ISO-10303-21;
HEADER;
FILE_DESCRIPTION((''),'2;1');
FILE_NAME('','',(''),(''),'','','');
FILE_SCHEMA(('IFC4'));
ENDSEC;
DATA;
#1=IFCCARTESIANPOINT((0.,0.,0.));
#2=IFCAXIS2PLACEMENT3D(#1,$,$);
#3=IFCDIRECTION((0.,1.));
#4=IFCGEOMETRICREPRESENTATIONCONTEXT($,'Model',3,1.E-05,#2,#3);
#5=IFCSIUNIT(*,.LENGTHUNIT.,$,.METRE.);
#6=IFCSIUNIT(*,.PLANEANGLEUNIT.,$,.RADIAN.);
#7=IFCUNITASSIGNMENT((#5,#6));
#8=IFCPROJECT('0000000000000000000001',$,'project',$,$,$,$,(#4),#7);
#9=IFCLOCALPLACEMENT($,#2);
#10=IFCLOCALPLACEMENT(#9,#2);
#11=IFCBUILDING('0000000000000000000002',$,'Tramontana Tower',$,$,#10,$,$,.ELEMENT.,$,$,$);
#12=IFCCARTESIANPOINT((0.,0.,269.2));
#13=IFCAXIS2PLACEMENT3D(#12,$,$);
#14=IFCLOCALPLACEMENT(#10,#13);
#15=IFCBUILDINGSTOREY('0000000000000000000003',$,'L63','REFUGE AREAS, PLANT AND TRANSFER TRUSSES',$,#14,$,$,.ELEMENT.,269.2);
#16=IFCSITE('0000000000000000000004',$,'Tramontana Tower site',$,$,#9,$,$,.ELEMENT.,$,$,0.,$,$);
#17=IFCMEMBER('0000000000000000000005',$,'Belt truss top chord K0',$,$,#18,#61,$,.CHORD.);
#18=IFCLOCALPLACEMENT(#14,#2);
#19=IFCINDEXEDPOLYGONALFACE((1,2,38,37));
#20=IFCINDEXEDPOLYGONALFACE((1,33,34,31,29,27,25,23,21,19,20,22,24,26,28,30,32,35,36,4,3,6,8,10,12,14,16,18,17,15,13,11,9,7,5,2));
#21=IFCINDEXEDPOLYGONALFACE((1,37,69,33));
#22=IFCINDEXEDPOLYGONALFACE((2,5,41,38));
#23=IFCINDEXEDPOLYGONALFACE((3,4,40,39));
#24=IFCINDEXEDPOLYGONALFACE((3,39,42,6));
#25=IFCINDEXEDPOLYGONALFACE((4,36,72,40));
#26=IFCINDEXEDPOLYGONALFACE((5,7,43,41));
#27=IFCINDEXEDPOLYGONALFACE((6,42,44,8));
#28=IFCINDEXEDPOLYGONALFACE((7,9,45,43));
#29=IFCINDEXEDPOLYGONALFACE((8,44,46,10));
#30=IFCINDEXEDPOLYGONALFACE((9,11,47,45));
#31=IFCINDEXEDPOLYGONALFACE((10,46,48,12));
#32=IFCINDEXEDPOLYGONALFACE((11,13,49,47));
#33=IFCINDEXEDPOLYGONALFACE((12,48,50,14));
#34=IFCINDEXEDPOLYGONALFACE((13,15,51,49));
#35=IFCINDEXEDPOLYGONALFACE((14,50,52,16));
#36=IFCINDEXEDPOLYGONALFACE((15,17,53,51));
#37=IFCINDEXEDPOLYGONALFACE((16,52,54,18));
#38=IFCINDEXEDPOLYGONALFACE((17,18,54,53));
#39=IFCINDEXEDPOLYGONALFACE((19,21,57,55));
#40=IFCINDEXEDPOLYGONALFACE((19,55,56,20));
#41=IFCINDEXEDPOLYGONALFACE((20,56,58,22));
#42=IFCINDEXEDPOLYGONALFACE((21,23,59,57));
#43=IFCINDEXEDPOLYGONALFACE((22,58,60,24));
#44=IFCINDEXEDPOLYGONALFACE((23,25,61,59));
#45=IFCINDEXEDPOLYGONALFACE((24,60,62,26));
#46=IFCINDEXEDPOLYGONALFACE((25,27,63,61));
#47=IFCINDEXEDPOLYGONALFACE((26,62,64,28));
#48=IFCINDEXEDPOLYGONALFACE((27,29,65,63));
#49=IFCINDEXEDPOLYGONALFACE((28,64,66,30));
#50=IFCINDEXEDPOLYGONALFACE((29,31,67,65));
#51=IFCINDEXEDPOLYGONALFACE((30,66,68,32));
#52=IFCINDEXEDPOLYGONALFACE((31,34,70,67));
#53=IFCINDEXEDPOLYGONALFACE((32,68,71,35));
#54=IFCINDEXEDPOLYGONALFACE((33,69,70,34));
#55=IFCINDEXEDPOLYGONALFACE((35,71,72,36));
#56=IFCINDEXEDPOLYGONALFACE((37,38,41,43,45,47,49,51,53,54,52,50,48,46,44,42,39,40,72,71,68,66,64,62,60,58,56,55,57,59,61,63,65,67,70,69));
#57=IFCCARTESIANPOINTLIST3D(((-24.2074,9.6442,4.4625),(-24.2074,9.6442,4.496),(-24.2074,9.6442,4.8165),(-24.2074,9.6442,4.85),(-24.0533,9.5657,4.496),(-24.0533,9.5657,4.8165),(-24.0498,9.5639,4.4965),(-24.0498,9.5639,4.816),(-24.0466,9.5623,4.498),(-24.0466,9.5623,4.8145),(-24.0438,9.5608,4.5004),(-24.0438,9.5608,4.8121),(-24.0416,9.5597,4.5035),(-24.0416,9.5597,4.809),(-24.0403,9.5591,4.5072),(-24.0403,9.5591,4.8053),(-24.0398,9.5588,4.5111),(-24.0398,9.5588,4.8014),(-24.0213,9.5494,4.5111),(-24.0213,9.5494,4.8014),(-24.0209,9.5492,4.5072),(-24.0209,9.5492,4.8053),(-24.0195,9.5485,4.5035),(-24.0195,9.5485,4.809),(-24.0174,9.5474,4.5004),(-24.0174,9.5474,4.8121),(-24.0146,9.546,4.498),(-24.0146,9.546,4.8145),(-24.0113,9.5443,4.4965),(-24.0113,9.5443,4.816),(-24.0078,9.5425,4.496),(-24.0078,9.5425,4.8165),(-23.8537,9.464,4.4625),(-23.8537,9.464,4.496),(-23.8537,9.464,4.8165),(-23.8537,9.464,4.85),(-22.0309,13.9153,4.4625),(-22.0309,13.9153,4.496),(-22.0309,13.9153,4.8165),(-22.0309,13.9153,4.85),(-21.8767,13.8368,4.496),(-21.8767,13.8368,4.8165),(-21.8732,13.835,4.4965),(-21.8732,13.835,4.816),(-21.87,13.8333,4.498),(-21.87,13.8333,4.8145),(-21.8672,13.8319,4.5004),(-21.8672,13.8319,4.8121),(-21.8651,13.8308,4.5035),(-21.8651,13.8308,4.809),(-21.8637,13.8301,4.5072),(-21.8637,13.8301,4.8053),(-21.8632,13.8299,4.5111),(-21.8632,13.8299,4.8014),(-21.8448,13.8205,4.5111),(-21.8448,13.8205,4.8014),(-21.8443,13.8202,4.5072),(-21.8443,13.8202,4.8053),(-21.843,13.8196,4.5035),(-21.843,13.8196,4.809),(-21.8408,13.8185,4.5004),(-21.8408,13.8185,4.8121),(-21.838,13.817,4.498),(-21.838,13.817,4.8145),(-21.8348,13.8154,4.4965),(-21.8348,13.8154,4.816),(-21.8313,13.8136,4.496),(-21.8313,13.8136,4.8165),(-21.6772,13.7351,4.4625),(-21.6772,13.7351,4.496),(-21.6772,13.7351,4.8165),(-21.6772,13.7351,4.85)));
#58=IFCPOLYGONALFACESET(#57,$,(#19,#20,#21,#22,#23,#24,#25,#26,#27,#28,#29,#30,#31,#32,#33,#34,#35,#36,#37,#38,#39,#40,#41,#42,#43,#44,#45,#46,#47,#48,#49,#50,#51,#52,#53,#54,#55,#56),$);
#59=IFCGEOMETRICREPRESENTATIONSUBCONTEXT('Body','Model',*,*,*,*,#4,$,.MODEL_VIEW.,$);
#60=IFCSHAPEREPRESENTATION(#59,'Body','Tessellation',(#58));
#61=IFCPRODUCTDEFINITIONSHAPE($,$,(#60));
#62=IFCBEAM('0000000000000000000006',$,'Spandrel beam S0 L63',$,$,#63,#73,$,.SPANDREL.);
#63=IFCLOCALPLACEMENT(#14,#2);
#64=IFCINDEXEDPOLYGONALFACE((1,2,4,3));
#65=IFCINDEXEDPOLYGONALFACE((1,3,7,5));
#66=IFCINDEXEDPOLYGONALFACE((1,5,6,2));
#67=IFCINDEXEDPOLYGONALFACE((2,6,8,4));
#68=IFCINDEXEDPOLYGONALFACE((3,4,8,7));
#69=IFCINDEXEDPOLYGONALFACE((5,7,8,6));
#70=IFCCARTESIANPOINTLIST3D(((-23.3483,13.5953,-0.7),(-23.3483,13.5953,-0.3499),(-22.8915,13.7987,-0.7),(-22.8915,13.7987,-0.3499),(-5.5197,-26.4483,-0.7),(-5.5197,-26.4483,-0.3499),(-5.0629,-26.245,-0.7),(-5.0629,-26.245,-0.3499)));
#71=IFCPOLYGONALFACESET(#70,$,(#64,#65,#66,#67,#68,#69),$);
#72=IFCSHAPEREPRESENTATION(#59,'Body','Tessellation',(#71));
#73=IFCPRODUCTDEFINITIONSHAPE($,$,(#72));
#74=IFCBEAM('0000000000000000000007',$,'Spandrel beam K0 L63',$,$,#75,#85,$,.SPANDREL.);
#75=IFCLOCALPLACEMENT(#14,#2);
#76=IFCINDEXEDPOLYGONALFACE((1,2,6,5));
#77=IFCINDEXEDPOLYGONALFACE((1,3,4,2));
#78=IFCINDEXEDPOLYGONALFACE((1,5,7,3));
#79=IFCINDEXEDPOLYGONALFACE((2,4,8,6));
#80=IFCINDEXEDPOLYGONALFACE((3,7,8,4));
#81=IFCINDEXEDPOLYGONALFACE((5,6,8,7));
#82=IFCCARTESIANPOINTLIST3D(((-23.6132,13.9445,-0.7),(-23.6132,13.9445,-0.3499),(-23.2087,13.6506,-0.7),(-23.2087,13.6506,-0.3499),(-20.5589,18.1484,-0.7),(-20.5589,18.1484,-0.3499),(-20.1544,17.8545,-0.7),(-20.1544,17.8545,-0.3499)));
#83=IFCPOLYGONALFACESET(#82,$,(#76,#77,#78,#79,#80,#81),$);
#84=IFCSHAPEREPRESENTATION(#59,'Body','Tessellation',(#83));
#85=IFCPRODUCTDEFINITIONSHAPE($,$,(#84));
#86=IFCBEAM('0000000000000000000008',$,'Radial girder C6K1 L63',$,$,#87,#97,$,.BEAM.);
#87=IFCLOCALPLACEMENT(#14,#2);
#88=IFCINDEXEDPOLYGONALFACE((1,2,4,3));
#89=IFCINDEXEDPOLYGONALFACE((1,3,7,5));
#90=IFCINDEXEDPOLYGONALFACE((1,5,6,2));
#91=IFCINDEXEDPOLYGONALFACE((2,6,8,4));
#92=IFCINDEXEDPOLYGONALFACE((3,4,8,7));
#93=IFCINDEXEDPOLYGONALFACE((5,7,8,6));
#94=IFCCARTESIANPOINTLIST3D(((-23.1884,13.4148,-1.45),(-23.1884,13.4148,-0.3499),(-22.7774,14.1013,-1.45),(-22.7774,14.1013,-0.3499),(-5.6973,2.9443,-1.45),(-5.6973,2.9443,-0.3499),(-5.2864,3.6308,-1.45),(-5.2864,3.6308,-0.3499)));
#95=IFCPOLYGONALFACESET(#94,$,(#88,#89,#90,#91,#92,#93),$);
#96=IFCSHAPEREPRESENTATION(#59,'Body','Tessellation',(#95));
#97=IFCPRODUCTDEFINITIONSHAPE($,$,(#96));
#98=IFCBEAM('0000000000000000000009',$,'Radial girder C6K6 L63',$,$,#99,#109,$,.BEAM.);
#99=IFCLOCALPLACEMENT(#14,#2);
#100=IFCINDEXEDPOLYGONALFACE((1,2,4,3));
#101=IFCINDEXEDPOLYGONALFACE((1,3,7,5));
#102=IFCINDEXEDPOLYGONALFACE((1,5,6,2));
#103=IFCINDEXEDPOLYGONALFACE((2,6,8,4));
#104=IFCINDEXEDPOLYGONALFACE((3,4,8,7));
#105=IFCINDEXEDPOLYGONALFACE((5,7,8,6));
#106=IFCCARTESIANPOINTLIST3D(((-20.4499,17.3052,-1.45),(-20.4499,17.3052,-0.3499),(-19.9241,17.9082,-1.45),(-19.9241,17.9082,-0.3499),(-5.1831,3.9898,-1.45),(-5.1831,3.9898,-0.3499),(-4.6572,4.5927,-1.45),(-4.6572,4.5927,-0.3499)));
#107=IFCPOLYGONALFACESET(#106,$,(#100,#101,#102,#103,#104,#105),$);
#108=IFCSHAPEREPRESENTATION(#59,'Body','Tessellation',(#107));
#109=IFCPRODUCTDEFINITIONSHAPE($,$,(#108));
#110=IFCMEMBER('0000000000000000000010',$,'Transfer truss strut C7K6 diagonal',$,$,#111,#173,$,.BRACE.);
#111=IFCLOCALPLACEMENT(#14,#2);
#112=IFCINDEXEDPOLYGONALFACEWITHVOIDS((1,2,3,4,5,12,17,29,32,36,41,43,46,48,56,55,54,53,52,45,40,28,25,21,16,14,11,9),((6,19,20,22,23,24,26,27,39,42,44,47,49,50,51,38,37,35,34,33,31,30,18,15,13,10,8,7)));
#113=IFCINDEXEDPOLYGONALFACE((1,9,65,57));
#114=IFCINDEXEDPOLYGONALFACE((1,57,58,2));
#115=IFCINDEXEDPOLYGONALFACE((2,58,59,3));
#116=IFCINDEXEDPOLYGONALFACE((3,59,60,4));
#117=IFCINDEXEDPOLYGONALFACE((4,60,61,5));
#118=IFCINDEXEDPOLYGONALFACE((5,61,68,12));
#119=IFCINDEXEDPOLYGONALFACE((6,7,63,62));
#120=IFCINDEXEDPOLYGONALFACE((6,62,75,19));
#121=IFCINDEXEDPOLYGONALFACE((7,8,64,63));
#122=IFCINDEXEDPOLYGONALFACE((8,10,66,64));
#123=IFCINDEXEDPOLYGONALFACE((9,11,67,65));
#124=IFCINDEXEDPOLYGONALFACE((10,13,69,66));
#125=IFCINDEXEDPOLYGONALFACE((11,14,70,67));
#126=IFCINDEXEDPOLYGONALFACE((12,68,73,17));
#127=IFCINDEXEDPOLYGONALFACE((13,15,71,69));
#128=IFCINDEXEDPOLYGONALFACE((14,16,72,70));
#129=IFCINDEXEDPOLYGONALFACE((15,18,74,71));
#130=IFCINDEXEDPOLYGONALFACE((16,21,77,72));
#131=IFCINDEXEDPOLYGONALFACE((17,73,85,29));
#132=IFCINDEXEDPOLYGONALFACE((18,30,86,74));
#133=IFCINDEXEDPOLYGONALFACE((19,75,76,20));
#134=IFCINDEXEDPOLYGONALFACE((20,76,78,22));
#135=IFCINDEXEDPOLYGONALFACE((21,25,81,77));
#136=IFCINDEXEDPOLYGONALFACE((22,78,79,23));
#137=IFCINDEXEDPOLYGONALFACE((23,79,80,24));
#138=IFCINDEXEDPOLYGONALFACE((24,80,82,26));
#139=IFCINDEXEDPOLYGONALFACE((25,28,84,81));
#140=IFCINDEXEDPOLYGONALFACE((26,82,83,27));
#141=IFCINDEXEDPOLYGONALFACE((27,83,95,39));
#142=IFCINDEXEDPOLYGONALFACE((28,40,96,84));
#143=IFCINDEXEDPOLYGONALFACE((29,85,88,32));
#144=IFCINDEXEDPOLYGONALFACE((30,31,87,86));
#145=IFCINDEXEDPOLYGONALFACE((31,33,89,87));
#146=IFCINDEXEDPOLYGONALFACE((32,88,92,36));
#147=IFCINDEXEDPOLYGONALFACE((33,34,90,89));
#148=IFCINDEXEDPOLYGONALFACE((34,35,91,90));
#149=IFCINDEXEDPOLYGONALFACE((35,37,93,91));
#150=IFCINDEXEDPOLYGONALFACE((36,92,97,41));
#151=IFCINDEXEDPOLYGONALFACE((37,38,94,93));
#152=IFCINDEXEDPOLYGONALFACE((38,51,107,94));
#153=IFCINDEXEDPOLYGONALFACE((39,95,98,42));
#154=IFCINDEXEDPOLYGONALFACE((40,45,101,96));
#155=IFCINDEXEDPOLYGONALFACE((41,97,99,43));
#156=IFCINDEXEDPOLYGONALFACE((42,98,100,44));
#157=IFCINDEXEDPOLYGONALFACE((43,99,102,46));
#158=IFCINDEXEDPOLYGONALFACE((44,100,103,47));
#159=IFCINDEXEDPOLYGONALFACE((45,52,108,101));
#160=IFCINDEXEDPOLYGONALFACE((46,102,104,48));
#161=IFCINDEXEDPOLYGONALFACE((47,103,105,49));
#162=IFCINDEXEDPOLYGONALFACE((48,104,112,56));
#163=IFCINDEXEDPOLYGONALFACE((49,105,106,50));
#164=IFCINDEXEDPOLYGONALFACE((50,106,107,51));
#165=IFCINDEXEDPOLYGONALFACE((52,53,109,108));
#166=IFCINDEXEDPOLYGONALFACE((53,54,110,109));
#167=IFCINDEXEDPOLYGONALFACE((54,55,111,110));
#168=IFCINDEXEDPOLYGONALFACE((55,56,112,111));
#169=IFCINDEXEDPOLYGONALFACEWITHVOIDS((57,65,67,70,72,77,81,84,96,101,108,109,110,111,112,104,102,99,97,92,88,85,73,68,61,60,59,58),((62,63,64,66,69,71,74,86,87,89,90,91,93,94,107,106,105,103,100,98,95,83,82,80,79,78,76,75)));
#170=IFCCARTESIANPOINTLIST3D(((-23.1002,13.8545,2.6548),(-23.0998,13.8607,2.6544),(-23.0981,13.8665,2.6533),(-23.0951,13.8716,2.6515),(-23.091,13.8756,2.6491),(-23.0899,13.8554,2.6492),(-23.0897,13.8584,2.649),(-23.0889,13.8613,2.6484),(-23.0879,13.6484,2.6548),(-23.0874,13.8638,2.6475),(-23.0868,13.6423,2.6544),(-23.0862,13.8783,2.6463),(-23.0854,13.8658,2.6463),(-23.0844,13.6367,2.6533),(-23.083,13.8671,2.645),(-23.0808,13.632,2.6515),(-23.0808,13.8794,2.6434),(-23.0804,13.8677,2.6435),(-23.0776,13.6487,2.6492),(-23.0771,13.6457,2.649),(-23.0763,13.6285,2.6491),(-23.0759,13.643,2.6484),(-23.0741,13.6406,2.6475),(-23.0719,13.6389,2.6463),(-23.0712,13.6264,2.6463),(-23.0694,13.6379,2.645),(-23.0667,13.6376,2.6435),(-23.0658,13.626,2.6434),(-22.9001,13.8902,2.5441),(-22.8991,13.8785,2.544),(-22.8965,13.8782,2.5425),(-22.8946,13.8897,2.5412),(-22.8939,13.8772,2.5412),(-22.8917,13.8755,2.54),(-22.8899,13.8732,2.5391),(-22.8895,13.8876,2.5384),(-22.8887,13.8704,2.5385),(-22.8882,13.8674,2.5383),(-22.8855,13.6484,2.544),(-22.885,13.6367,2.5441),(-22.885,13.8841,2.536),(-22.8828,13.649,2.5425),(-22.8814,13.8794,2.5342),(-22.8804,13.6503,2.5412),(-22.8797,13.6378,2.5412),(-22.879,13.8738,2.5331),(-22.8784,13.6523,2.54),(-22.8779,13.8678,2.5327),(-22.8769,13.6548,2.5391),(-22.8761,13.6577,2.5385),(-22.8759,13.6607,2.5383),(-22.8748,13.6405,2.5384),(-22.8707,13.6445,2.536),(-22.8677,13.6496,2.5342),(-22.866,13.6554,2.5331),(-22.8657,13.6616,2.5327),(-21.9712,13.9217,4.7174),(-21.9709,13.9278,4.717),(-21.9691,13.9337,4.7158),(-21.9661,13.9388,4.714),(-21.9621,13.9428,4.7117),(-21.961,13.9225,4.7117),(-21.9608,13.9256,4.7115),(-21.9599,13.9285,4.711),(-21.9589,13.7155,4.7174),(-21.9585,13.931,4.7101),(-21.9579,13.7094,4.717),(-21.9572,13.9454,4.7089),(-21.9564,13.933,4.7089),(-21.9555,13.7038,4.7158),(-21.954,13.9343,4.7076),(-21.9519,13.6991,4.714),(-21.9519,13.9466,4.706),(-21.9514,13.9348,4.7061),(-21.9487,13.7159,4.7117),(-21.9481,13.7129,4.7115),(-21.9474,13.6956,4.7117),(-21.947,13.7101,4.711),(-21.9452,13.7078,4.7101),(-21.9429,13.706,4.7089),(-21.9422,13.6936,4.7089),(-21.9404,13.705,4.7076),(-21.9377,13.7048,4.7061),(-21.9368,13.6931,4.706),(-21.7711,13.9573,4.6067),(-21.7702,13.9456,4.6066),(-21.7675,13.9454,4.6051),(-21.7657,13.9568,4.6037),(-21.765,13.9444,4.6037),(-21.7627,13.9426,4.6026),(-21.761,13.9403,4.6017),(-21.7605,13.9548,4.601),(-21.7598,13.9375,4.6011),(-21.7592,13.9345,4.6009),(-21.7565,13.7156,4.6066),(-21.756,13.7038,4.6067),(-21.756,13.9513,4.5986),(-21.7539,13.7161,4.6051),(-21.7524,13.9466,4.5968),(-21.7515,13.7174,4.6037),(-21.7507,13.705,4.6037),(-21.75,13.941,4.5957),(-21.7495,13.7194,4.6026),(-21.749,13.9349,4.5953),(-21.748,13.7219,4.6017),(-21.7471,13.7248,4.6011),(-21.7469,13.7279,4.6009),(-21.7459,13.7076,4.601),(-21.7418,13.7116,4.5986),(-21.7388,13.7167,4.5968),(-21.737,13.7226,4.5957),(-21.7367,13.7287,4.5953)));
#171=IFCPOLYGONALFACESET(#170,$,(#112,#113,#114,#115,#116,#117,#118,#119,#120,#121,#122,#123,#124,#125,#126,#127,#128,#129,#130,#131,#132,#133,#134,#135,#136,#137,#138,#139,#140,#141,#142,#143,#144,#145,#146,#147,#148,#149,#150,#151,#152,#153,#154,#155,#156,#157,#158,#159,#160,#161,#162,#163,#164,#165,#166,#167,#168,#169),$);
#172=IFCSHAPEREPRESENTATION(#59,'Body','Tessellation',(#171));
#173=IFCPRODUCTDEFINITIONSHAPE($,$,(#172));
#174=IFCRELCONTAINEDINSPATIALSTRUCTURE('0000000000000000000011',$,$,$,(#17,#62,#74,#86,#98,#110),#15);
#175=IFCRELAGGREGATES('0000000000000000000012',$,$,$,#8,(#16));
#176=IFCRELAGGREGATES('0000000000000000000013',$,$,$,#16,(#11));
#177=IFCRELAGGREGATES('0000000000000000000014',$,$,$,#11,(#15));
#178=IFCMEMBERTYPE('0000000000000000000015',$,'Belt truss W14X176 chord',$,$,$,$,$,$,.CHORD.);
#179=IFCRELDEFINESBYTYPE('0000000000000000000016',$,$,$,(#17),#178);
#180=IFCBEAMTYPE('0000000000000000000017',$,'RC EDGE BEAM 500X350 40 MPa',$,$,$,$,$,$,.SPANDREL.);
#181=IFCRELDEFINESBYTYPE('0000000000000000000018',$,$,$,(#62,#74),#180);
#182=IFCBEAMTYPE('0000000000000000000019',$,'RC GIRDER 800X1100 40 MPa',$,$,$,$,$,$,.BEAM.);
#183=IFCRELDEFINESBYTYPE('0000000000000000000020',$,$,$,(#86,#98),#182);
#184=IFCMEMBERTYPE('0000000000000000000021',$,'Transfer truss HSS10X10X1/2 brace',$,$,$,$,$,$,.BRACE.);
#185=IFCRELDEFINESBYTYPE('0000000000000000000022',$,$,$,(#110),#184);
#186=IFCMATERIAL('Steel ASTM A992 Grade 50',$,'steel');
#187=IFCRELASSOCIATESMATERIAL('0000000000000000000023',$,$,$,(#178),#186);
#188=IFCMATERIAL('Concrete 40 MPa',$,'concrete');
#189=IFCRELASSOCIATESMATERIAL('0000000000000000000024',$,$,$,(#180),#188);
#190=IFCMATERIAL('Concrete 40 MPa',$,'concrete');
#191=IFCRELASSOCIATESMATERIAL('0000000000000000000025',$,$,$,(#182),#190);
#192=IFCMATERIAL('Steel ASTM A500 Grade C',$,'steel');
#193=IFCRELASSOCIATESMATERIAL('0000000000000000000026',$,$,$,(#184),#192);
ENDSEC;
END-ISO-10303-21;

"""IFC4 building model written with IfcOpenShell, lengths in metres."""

from ifc_helpers import new_model, si_unit, direction, frame, origin, origin_2d, place, context, subcontext, project, spatial, rectangle, hollow_rectangle, i_section, extrude, material, material_profile, profile_set, type_object, element, save


model = new_model("IFC4")

# Units and contexts
model_context = context("Model", 3, precision=1e-05, world=origin(), true_north=direction((0.0, 1.0)))
body_context = subcontext(model_context, "Body", "Model", "MODEL_VIEW")
ifc_project = project(units=[si_unit("LENGTHUNIT", "METRE"), si_unit("PLANEANGLEUNIT", "RADIAN")], contexts=[model_context])

# Site, building, storey
site_placement = place(None, origin())
site = spatial("IfcSite", under=ifc_project, at=site_placement, Name="Tramontana Tower site", CompositionType="ELEMENT", RefElevation=0.0)
building_placement = place(site_placement, origin())
building = spatial("IfcBuilding", under=site, at=building_placement, Name="Tramontana Tower", CompositionType="ELEMENT")
storey_placement = place(building_placement, frame((0.0, 0.0, 269.2)))
storey = spatial("IfcBuildingStorey", under=building, at=storey_placement, Name="L63", Description="REFUGE AREAS, PLANT AND TRANSFER TRUSSES", CompositionType="ELEMENT", Elevation=269.2)

# Member
ifc_material_1 = material(Name="Steel ASTM A992 Grade 50", Category="steel")
ifc_material_profile_1 = material_profile(ifc_material_1, i_section(OverallWidth=0.397, OverallDepth=0.3875, WebThickness=0.0208, FlangeThickness=0.0334, FilletRadius=0.0151, at=origin_2d()), Name="W14X176")
ifc_profile_set_1 = profile_set([ifc_material_profile_1], Name="Steel ASTM A992 Grade 50")
member_type_1 = type_object("IfcMemberType", Name="Belt truss W14X176 chord", PredefinedType="CHORD", material=ifc_profile_set_1)
for number, where, z_axis, x_axis, name in (
    (1, (-21.854, 13.8252, 4.6562), (-0.454046, -0.890978, 0.0), (0.890978, -0.454046, 0.0), "Belt truss top chord K0"),
):
    element("IfcMember", number, at=place(storey_placement, frame(where, z_axis=z_axis, x_axis=x_axis)), inside=storey, type_object=member_type_1, Name=name, PredefinedType="CHORD", context=body_context, shape_type="SweptSolid", body=[
        extrude(i_section(OverallWidth=0.397, OverallDepth=0.3875, WebThickness=0.0208, FlangeThickness=0.0334, FilletRadius=0.0151, at=origin_2d()), origin(), (0.0, 0.0, 1.0), 4.7937),
    ])

# Beams
ifc_material_2 = material(Name="Concrete 40 MPa", Category="concrete")
ifc_material_profile_2 = material_profile(ifc_material_2, rectangle(XDim=0.5, YDim=0.3501, at=origin_2d()), Name="RC EDGE BEAM 500X350 40 MPa")
ifc_profile_set_2 = profile_set([ifc_material_profile_2], Name="Concrete 40 MPa")
beam_type_1 = type_object("IfcBeamType", Name="RC EDGE BEAM 500X350 40 MPa", PredefinedType="SPANDREL", material=ifc_profile_set_2)
beam_1_placement = place(storey_placement, frame((-23.1199, 13.697, -0.5249), z_axis=(0.406737, -0.913545, 0.0), x_axis=(0.913545, 0.406737, 0.0)))
element("IfcBeam", 2, at=beam_1_placement, inside=storey, type_object=beam_type_1, Name="Spandrel beam S0 L63", PredefinedType="SPANDREL", context=body_context, shape_type="SweptSolid", body=[
    extrude(rectangle(XDim=0.5, YDim=0.3501, at=origin_2d()), origin(), (0.0, 0.0, 1.0), 43.8333),
])
beam_2_placement = place(storey_placement, frame((-20.3567, 18.0015, -0.5249), z_axis=(-0.587775, -0.809024, 0.0), x_axis=(0.809024, -0.587775, 0.0)))
element("IfcBeam", 3, at=beam_2_placement, inside=storey, type_object=beam_type_1, Name="Spandrel beam K0 L63", PredefinedType="SPANDREL", context=body_context, shape_type="SweptSolid", body=[
    extrude(rectangle(XDim=0.5, YDim=0.3501, at=origin_2d()), origin(), (0.0, 0.0, 1.0), 5.1963),
])
ifc_material_3 = material(Name="Concrete 40 MPa", Category="concrete")
ifc_material_profile_3 = material_profile(ifc_material_3, rectangle(XDim=0.8, YDim=1.1001, at=origin_2d()), Name="RC GIRDER 800X1100 40 MPa")
ifc_profile_set_3 = profile_set([ifc_material_profile_3], Name="Concrete 40 MPa")
beam_type_2 = type_object("IfcBeamType", Name="RC GIRDER 800X1100 40 MPa", PredefinedType="BEAM", material=ifc_profile_set_3)
beam_3_placement = place(storey_placement, frame((-22.9829, 13.7581, -0.8999), z_axis=(0.858015, -0.513625, 0.0), x_axis=(0.513625, 0.858015, 0.0)))
element("IfcBeam", 4, at=beam_3_placement, inside=storey, type_object=beam_type_2, Name="Radial girder C6K1 L63", PredefinedType="BEAM", context=body_context, shape_type="SweptSolid", body=[
    extrude(rectangle(XDim=0.8, YDim=1.1001, at=origin_2d()), origin(), (0.0, 0.0, 1.0), 20.3855),
])
beam_4_placement = place(storey_placement, frame((-20.187, 17.6067, -0.8999), z_axis=(0.753629, -0.6573, 0.0), x_axis=(0.6573, 0.753629, 0.0)))
element("IfcBeam", 5, at=beam_4_placement, inside=storey, type_object=beam_type_2, Name="Radial girder C6K6 L63", PredefinedType="BEAM", context=body_context, shape_type="SweptSolid", body=[
    extrude(rectangle(XDim=0.8, YDim=1.1001, at=origin_2d()), origin(), (0.0, 0.0, 1.0), 20.2578),
])

# Member
ifc_material_4 = material(Name="Steel ASTM A500 Grade C", Category="steel")
ifc_material_profile_4 = material_profile(ifc_material_4, hollow_rectangle(XDim=0.2539, YDim=0.2539, WallThickness=0.0117, InnerFilletRadius=0.0117, OuterFilletRadius=0.0237, at=origin_2d()), Name="HSS10X10X1/2")
ifc_profile_set_4 = profile_set([ifc_material_profile_4], Name="Steel ASTM A500 Grade C")
member_type_2 = type_object("IfcMemberType", Name="Transfer truss HSS10X10X1/2 brace", PredefinedType="BRACE", material=ifc_profile_set_4)
member_1_placement = place(storey_placement, frame((-22.9829, 13.7581, 2.5938), z_axis=(0.479936, 0.028543, 0.876839), x_axis=(-0.059367, 0.998236, 0.0)))
element("IfcMember", 6, at=member_1_placement, inside=storey, type_object=member_type_2, Name="Transfer truss strut C7K6 diagonal", PredefinedType="BRACE", context=body_context, shape_type="SweptSolid", body=[
    extrude(hollow_rectangle(XDim=0.2539, YDim=0.2539, WallThickness=0.0117, InnerFilletRadius=0.0117, OuterFilletRadius=0.0237, at=origin_2d()), origin(), (0.0, 0.0, 1.0), 2.3523),
])

save(model, "model.ifc")
